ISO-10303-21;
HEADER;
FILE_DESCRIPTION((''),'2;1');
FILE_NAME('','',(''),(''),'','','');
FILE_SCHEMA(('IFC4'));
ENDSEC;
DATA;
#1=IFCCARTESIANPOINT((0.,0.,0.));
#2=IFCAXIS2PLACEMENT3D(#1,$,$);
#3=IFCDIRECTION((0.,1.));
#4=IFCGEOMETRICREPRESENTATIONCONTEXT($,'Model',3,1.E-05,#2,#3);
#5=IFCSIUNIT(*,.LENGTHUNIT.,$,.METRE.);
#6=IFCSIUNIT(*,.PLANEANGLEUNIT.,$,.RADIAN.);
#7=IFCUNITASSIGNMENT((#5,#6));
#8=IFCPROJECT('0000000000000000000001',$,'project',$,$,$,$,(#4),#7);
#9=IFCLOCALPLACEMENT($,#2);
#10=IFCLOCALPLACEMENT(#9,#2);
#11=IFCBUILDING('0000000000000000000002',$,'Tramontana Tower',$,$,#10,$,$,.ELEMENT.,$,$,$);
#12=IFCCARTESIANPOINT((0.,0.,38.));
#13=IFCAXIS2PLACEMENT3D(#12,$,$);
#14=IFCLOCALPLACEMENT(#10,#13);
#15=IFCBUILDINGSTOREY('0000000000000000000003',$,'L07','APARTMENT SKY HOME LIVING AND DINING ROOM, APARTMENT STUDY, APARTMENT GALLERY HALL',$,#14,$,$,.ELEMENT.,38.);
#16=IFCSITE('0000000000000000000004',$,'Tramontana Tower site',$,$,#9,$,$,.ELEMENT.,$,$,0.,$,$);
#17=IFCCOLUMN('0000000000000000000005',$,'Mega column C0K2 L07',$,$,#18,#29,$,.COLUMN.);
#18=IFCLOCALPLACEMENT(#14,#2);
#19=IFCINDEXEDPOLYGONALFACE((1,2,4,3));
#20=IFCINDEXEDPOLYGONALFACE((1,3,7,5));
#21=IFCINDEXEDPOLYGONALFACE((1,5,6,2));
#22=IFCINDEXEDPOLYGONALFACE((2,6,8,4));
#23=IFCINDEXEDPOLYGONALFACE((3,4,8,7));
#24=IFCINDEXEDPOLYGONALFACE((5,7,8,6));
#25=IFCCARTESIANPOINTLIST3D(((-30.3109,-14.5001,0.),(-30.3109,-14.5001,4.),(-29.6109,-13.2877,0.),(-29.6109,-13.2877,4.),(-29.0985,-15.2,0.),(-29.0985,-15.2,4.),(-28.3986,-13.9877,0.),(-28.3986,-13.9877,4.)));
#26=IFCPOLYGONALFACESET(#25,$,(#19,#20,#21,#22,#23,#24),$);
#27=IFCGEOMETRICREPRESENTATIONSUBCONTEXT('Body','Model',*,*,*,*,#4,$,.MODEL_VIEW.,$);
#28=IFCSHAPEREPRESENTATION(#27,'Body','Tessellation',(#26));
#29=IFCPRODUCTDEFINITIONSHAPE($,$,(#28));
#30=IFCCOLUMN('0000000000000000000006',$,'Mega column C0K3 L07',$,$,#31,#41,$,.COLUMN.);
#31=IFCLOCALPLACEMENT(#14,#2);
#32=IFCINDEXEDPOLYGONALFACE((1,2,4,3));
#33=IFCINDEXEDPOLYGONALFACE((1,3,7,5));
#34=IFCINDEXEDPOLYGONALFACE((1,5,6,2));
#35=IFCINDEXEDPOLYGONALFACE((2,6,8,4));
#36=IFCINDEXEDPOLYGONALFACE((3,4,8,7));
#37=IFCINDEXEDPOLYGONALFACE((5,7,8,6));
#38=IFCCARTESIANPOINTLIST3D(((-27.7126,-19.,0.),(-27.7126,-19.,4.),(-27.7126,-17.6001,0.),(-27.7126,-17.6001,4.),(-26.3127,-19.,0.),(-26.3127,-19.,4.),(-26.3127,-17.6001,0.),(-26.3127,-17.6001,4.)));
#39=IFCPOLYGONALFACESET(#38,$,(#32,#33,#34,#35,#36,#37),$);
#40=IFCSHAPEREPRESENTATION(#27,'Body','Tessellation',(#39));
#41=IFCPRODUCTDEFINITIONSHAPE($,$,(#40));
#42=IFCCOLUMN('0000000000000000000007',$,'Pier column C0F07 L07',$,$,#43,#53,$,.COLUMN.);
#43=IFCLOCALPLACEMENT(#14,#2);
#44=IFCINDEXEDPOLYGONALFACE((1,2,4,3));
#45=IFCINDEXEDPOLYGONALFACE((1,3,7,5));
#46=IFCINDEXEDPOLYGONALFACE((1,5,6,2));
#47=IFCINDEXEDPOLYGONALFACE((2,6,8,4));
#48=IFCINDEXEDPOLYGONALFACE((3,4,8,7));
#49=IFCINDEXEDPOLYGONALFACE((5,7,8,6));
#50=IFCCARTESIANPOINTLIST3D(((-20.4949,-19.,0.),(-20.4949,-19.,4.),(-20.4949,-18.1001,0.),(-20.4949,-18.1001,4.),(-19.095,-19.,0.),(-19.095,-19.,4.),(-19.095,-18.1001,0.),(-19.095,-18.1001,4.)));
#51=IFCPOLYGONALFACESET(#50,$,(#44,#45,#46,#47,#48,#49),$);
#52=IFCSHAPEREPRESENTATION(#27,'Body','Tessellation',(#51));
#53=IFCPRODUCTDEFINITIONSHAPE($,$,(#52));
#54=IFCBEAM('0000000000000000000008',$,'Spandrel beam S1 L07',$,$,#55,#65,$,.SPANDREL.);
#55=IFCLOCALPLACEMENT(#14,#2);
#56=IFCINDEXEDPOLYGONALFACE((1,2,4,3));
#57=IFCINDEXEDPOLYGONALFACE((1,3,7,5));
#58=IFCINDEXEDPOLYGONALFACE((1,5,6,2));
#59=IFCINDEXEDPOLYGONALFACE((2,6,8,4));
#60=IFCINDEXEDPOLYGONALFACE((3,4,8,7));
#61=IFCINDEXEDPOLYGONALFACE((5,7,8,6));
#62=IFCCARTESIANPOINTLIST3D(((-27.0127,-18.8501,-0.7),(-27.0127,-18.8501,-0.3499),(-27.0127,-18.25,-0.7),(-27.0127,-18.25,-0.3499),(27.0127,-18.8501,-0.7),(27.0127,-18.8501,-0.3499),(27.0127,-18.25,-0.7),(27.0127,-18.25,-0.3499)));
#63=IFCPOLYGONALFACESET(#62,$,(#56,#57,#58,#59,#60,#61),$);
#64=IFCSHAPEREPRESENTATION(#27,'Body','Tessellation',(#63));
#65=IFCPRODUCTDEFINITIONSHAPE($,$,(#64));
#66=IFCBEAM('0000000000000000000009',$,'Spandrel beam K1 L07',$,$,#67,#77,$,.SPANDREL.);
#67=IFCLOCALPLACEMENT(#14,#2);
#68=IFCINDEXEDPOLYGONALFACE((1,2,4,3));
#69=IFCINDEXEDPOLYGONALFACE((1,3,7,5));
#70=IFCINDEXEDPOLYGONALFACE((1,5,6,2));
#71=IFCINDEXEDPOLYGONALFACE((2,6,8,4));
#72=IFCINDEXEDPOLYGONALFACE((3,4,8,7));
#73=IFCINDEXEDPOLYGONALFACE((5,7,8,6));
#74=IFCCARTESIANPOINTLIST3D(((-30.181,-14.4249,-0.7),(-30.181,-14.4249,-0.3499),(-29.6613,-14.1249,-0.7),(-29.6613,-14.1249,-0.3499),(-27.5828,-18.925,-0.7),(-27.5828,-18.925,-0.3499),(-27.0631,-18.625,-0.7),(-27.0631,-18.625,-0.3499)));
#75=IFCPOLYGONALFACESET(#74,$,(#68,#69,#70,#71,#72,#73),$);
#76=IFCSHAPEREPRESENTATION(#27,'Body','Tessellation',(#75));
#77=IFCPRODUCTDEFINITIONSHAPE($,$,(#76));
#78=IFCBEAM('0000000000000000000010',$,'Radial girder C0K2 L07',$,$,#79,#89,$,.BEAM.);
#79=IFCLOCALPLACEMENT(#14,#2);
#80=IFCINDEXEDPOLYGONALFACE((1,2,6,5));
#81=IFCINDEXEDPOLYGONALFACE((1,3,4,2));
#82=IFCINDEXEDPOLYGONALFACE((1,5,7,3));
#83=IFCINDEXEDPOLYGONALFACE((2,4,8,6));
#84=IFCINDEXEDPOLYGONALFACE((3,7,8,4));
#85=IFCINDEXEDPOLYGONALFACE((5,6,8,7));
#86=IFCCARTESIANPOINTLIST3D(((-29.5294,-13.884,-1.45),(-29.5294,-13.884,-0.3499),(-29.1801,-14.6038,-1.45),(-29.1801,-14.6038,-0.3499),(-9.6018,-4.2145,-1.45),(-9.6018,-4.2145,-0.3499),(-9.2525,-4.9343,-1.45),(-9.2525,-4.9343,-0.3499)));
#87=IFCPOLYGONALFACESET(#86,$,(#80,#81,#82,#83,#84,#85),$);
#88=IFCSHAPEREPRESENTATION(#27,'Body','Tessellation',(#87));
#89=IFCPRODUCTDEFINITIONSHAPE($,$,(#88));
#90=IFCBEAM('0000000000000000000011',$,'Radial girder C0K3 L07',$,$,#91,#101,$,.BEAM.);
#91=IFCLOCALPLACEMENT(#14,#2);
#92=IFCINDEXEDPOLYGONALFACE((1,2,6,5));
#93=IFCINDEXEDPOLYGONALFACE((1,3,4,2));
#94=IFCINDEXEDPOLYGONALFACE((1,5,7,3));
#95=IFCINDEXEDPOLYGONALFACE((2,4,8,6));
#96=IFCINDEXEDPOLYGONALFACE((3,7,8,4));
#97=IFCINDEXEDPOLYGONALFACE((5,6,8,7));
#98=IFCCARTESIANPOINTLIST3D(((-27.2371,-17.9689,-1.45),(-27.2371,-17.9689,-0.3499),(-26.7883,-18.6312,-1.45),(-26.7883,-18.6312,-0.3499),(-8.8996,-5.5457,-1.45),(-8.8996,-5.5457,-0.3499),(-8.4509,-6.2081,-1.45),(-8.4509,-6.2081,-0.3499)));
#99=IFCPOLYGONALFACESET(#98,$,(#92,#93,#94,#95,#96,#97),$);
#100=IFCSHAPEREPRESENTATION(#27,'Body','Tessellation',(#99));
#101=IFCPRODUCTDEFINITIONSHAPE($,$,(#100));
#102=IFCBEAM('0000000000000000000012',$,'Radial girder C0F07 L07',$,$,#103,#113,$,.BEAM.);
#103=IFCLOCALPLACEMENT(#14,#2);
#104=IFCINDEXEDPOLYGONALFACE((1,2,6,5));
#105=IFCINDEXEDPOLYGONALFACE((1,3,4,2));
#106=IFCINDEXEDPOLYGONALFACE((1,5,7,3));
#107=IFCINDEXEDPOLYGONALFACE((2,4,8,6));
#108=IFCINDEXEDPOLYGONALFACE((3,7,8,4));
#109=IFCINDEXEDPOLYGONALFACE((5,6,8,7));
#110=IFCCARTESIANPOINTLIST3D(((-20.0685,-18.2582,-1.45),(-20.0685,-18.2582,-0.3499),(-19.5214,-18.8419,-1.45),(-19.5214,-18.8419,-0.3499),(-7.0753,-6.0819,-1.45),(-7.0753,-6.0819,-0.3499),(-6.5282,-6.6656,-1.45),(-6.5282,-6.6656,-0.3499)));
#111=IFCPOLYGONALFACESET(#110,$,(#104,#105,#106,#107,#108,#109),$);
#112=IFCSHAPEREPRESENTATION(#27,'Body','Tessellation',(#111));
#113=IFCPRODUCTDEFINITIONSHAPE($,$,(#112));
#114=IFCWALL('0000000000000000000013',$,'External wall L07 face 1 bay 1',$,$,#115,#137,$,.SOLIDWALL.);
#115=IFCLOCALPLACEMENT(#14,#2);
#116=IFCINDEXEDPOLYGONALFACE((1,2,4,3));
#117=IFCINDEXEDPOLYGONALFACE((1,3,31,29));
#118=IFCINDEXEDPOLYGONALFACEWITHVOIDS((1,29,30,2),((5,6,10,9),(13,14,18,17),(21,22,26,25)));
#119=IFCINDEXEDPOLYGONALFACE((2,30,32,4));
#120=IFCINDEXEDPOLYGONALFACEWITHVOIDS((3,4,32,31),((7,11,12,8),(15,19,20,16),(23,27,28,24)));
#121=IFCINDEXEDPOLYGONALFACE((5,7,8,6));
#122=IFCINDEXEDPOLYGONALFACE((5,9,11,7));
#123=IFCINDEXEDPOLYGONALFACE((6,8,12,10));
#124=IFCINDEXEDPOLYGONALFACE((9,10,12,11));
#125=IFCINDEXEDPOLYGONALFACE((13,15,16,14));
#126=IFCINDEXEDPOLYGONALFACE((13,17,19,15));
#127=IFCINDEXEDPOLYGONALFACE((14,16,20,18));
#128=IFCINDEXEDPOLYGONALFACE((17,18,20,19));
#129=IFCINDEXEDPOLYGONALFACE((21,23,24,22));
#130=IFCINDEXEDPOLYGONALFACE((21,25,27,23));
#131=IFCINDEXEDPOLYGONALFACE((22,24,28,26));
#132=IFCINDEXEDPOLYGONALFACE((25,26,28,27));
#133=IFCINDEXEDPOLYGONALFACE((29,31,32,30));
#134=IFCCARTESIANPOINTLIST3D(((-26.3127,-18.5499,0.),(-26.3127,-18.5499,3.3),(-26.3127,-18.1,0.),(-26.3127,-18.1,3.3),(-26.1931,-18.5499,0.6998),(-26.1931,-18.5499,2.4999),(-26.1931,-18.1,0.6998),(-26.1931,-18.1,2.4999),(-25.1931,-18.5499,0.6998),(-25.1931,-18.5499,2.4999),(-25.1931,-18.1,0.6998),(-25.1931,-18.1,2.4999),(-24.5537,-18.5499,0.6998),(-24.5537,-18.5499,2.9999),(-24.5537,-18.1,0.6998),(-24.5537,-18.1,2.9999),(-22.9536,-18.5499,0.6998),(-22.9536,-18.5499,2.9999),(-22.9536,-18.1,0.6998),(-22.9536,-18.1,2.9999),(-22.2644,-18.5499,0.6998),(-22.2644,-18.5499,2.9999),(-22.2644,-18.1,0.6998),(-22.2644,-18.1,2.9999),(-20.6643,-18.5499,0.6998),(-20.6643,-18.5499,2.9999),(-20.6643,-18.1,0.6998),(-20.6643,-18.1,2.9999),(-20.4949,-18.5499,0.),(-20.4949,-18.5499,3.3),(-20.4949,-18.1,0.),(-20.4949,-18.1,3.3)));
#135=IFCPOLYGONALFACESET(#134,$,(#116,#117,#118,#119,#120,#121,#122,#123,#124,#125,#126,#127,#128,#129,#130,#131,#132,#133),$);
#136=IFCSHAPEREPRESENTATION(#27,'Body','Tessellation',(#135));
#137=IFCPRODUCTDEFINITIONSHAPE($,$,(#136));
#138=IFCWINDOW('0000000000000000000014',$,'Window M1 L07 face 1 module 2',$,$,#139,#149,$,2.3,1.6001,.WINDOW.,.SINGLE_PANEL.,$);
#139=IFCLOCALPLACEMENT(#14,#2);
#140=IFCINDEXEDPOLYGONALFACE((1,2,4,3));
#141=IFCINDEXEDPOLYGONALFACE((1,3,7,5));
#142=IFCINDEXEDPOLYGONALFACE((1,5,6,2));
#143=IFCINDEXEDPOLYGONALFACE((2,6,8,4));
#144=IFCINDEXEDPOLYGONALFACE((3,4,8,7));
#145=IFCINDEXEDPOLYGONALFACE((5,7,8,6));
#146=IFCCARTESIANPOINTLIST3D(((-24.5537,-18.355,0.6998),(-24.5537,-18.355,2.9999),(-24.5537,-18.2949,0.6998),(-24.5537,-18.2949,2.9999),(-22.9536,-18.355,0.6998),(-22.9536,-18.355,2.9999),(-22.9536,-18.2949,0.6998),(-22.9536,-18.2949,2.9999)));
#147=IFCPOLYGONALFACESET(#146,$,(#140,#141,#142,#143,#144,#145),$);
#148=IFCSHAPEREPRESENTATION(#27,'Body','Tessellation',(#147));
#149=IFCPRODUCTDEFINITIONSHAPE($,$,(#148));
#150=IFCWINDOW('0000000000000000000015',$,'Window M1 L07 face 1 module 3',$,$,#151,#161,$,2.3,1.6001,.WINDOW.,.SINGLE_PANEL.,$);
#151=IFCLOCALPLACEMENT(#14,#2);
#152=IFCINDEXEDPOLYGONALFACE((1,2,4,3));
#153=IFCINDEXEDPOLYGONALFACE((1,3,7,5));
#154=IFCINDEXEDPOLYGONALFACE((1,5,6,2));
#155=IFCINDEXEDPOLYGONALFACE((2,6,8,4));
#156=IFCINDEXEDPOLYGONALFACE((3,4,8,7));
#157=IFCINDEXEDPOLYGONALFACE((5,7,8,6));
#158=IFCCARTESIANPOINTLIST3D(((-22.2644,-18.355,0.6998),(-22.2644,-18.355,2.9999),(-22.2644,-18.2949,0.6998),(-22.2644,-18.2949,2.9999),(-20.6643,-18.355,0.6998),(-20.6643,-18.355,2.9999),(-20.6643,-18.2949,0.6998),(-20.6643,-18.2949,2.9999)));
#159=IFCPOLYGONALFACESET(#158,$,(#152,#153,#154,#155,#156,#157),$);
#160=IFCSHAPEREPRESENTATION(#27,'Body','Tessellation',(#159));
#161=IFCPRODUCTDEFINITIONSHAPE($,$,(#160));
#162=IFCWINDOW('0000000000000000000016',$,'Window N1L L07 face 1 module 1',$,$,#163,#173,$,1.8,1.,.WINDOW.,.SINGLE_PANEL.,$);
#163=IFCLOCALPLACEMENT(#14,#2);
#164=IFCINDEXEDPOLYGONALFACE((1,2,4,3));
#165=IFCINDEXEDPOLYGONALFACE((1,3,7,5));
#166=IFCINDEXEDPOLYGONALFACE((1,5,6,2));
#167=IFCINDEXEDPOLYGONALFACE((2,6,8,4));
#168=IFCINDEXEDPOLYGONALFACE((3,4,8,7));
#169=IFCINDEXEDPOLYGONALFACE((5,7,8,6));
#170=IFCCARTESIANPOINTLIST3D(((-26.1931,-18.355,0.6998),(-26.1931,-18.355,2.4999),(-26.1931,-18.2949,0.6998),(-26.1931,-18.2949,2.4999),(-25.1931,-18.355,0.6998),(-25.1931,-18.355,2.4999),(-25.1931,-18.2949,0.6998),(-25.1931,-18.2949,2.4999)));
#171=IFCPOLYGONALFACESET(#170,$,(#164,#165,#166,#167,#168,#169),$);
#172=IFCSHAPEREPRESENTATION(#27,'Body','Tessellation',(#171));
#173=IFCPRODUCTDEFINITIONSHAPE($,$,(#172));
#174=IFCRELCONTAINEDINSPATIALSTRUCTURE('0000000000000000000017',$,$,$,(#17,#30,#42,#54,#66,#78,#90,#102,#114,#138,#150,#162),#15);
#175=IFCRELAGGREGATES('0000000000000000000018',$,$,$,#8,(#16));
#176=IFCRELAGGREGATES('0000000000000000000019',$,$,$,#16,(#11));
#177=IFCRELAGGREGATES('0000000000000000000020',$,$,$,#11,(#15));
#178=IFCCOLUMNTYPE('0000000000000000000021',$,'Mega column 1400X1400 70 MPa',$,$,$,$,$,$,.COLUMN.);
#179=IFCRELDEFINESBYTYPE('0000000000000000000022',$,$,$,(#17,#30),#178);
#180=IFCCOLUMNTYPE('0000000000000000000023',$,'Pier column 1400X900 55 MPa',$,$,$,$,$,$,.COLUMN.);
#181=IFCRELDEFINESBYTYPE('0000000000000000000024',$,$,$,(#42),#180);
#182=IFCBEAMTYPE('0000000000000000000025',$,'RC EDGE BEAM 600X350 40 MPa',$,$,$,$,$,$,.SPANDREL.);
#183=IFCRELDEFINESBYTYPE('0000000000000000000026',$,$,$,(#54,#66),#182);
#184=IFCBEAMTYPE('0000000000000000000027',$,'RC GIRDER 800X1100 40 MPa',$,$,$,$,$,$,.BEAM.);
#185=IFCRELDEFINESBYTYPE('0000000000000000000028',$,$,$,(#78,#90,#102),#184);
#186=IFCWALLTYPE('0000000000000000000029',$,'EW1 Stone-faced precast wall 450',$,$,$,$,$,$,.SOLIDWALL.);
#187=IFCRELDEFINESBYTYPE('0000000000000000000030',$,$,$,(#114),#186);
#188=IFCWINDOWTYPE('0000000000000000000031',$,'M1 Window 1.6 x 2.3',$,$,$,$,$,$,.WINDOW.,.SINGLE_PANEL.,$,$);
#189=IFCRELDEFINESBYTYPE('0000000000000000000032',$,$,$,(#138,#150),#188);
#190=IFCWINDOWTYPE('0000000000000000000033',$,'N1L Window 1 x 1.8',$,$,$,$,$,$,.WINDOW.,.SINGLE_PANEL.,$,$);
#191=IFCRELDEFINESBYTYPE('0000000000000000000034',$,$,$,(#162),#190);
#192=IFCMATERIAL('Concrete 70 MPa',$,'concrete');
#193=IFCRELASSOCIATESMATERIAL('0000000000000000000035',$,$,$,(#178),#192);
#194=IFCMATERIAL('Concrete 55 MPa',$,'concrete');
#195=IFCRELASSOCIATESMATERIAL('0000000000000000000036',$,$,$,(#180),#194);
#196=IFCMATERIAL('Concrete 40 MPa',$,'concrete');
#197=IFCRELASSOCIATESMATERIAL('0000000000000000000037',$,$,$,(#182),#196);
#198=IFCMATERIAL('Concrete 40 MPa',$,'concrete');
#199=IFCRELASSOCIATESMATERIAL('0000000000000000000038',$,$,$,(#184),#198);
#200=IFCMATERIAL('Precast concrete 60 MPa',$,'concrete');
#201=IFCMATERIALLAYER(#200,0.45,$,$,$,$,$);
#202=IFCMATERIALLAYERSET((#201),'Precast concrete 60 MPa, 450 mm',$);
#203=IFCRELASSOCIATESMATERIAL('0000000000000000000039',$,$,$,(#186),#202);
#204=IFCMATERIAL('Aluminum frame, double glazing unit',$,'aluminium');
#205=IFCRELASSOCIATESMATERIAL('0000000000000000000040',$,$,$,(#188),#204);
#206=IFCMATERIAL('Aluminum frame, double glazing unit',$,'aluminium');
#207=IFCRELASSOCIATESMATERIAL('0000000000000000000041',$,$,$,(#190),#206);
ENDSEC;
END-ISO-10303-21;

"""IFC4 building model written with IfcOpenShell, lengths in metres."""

from ifc_helpers import new_model, si_unit, direction, frame, frame_2d, origin, origin_2d, place, context, subcontext, project, spatial, rectangle, extrude, material, layer, layer_set, material_profile, profile_set, type_object, element, fill, save


model = new_model("IFC4")

# Units and contexts
model_context = context("Model", 3, precision=1e-05, world=origin(), true_north=direction((0.0, 1.0)))
body_context = subcontext(model_context, "Body", "Model", "MODEL_VIEW")
ifc_project = project(units=[si_unit("LENGTHUNIT", "METRE"), si_unit("PLANEANGLEUNIT", "RADIAN")], contexts=[model_context])

# Site, building, storey
site_placement = place(None, origin())
site = spatial("IfcSite", under=ifc_project, at=site_placement, Name="Tramontana Tower site", CompositionType="ELEMENT", RefElevation=0.0)
building_placement = place(site_placement, origin())
building = spatial("IfcBuilding", under=site, at=building_placement, Name="Tramontana Tower", CompositionType="ELEMENT")
storey_placement = place(building_placement, frame((0.0, 0.0, 38.0)))
storey = spatial("IfcBuildingStorey", under=building, at=storey_placement, Name="L07", Description="APARTMENT SKY HOME LIVING AND DINING ROOM, APARTMENT STUDY, APARTMENT GALLERY HALL", CompositionType="ELEMENT", Elevation=38.0)

# Columns
ifc_material_1 = material(Name="Concrete 70 MPa", Category="concrete")
ifc_material_profile_1 = material_profile(ifc_material_1, rectangle(XDim=1.3999, YDim=1.3999, at=origin_2d()), Name="Mega column 1400X1400 70 MPa")
ifc_profile_set_1 = profile_set([ifc_material_profile_1], Name="Concrete 70 MPa")
column_type_1 = type_object("IfcColumnType", Name="Mega column 1400X1400 70 MPa", PredefinedType="COLUMN", material=ifc_profile_set_1)
for number, where, z_axis, x_axis, name in (
    (1, (-29.3547, -14.2439, 0.0), (0.0, 0.0, 1.0), (-0.5, -0.866025, 0.0), "Mega column C0K2 L07"),
    (2, (-27.0127, -18.3, 0.0), (0.0, 0.0, 1.0), (1.0, 0.0, 0.0), "Mega column C0K3 L07"),
):
    element("IfcColumn", number, at=place(storey_placement, frame(where, z_axis=z_axis, x_axis=x_axis)), inside=storey, type_object=column_type_1, Name=name, PredefinedType="COLUMN", context=body_context, shape_type="SweptSolid", body=[
        extrude(rectangle(XDim=1.3999, YDim=1.3999, at=origin_2d()), origin(), (0.0, 0.0, 1.0), 4.0),
    ])
ifc_material_2 = material(Name="Concrete 55 MPa", Category="concrete")
ifc_material_profile_2 = material_profile(ifc_material_2, rectangle(XDim=1.3999, YDim=0.8999, at=origin_2d()), Name="Pier column 1400X900 55 MPa")
ifc_profile_set_2 = profile_set([ifc_material_profile_2], Name="Concrete 55 MPa")
column_type_2 = type_object("IfcColumnType", Name="Pier column 1400X900 55 MPa", PredefinedType="COLUMN", material=ifc_profile_set_2)
column_placement = place(storey_placement, frame((-19.7949, -18.55, 0.0), z_axis=(0.0, 0.0, 1.0), x_axis=(1.0, 0.0, 0.0)))
element("IfcColumn", 3, at=column_placement, inside=storey, type_object=column_type_2, Name="Pier column C0F07 L07", PredefinedType="COLUMN", context=body_context, shape_type="SweptSolid", body=[
    extrude(rectangle(XDim=1.3999, YDim=0.8999, at=origin_2d()), origin(), (0.0, 0.0, 1.0), 4.0),
])

# Beams
ifc_material_3 = material(Name="Concrete 40 MPa", Category="concrete")
ifc_material_profile_3 = material_profile(ifc_material_3, rectangle(XDim=0.6001, YDim=0.3501, at=origin_2d()), Name="RC EDGE BEAM 600X350 40 MPa")
ifc_profile_set_3 = profile_set([ifc_material_profile_3], Name="Concrete 40 MPa")
beam_type_1 = type_object("IfcBeamType", Name="RC EDGE BEAM 600X350 40 MPa", PredefinedType="SPANDREL", material=ifc_profile_set_3)
beam_1_placement = place(storey_placement, frame((-27.0127, -18.55, -0.5249), z_axis=(1.0, 0.0, 0.0), x_axis=(0.0, 1.0, 0.0)))
element("IfcBeam", 4, at=beam_1_placement, inside=storey, type_object=beam_type_1, Name="Spandrel beam S1 L07", PredefinedType="SPANDREL", context=body_context, shape_type="SweptSolid", body=[
    extrude(rectangle(XDim=0.6001, YDim=0.3501, at=origin_2d()), origin(), (0.0, 0.0, 1.0), 54.0254),
])
beam_2_placement = place(storey_placement, frame((-29.9211, -14.2749, -0.5249), z_axis=(0.50001, -0.86602, 0.0), x_axis=(0.86602, 0.50001, 0.0)))
element("IfcBeam", 5, at=beam_2_placement, inside=storey, type_object=beam_type_1, Name="Spandrel beam K1 L07", PredefinedType="SPANDREL", context=body_context, shape_type="SweptSolid", body=[
    extrude(rectangle(XDim=0.6001, YDim=0.3501, at=origin_2d()), origin(), (0.0, 0.0, 1.0), 5.1963),
])
ifc_material_4 = material(Name="Concrete 40 MPa", Category="concrete")
ifc_material_profile_4 = material_profile(ifc_material_4, rectangle(XDim=0.8, YDim=1.1001, at=origin_2d()), Name="RC GIRDER 800X1100 40 MPa")
ifc_profile_set_4 = profile_set([ifc_material_profile_4], Name="Concrete 40 MPa")
beam_type_2 = type_object("IfcBeamType", Name="RC GIRDER 800X1100 40 MPa", PredefinedType="BEAM", material=ifc_profile_set_4)
beam_3_placement = place(storey_placement, frame((-29.3547, -14.2439, -0.8999), z_axis=(0.899679, 0.436552, 0.0), x_axis=(-0.436552, 0.899679, 0.0)))
element("IfcBeam", 6, at=beam_3_placement, inside=storey, type_object=beam_type_2, Name="Radial girder C0K2 L07", PredefinedType="BEAM", context=body_context, shape_type="SweptSolid", body=[
    extrude(rectangle(XDim=0.8, YDim=1.1001, at=origin_2d()), origin(), (0.0, 0.0, 1.0), 22.1497),
])
beam_4_placement = place(storey_placement, frame((-27.0127, -18.3, -0.8999), z_axis=(0.827898, 0.560879, 0.0), x_axis=(-0.560879, 0.827898, 0.0)))
element("IfcBeam", 7, at=beam_4_placement, inside=storey, type_object=beam_type_2, Name="Radial girder C0K3 L07", PredefinedType="BEAM", context=body_context, shape_type="SweptSolid", body=[
    extrude(rectangle(XDim=0.8, YDim=1.1001, at=origin_2d()), origin(), (0.0, 0.0, 1.0), 22.1494),
])
beam_5_placement = place(storey_placement, frame((-19.7949, -18.55, -0.8999), z_axis=(0.729672, 0.683797, 0.0), x_axis=(-0.683797, 0.729672, 0.0)))
element("IfcBeam", 8, at=beam_5_placement, inside=storey, type_object=beam_type_2, Name="Radial girder C0F07 L07", PredefinedType="BEAM", context=body_context, shape_type="SweptSolid", body=[
    extrude(rectangle(XDim=0.8, YDim=1.1001, at=origin_2d()), origin(), (0.0, 0.0, 1.0), 17.8069),
])

# Wall, openings, windows
ifc_material_5 = material(Name="Precast concrete 60 MPa", Category="concrete")
ifc_layer_1 = layer(ifc_material_5, 0.45)
ifc_layer_set_1 = layer_set([ifc_layer_1], Name="Precast concrete 60 MPa, 450 mm")
wall_type_1 = type_object("IfcWallType", Name="EW1 Stone-faced precast wall 450", PredefinedType="SOLIDWALL", material=ifc_layer_set_1)
wall_1_placement = place(storey_placement, frame((-26.3127, -18.325, 0.0), z_axis=(0.0, 0.0, 1.0), x_axis=(1.0, 0.0, 0.0)))
wall_1 = element("IfcWall", 9, at=wall_1_placement, inside=storey, type_object=wall_type_1, Name="External wall L07 face 1 bay 1", PredefinedType="SOLIDWALL", context=body_context, shape_type="SweptSolid", body=[
    extrude(rectangle(XDim=5.8179, YDim=0.45, at=frame_2d((2.9089, 0.0))), origin(), (0.0, 0.0, 1.0), 3.3),
])
opening_1_placement = place(wall_1_placement, frame((0.1196, 0.0, 0.7)))
opening_1 = element("IfcOpeningElement", 10, at=opening_1_placement, cuts=wall_1, PredefinedType="OPENING", context=body_context, shape_type="SweptSolid", body=[
    extrude(rectangle(XDim=1.0, YDim=1.8, at=frame_2d((0.5, 0.8999))), frame((0.0, 0.2349, 0.0), z_axis=(0.0, -1.0, 0.0), x_axis=(1.0, 0.0, 0.0)), (0.0, 0.0, 1.0), 0.47),
])
opening_2_placement = place(wall_1_placement, frame((1.759, 0.0, 0.7)))
opening_2 = element("IfcOpeningElement", 11, at=opening_2_placement, cuts=wall_1, PredefinedType="OPENING", context=body_context, shape_type="SweptSolid", body=[
    extrude(rectangle(XDim=1.6001, YDim=2.3, at=frame_2d((0.8, 1.1499))), frame((0.0, 0.2349, 0.0), z_axis=(0.0, -1.0, 0.0), x_axis=(1.0, 0.0, 0.0)), (0.0, 0.0, 1.0), 0.47),
])
opening_3_placement = place(wall_1_placement, frame((4.0483, 0.0, 0.7)))
opening_3 = element("IfcOpeningElement", 12, at=opening_3_placement, cuts=wall_1, PredefinedType="OPENING", context=body_context, shape_type="SweptSolid", body=[
    extrude(rectangle(XDim=1.6001, YDim=2.3, at=frame_2d((0.8, 1.1499))), frame((0.0, 0.2349, 0.0), z_axis=(0.0, -1.0, 0.0), x_axis=(1.0, 0.0, 0.0)), (0.0, 0.0, 1.0), 0.47),
])
ifc_material_6 = material(Name="Aluminum frame, double glazing unit", Category="aluminium")
window_type_1 = type_object("IfcWindowType", Name="M1 Window 1.6 x 2.3", PartitioningType="SINGLE_PANEL", PredefinedType="WINDOW", material=ifc_material_6)
window_1_placement = place(opening_2_placement, origin())
window_1 = element("IfcWindow", 13, at=window_1_placement, inside=storey, type_object=window_type_1, Name="Window M1 L07 face 1 module 2", OverallHeight=2.3, OverallWidth=1.6001, PartitioningType="SINGLE_PANEL", PredefinedType="WINDOW", context=body_context, shape_type="SweptSolid", body=[
    extrude(rectangle(XDim=1.6001, YDim=2.3, at=frame_2d((0.8, 1.1499))), frame((0.0, 0.03, 0.0), z_axis=(0.0, -1.0, 0.0), x_axis=(1.0, 0.0, 0.0)), (0.0, 0.0, 1.0), 0.0601),
])
fill(opening_2, window_1)
window_2_placement = place(opening_3_placement, origin())
window_2 = element("IfcWindow", 14, at=window_2_placement, inside=storey, type_object=window_type_1, Name="Window M1 L07 face 1 module 3", OverallHeight=2.3, OverallWidth=1.6001, PartitioningType="SINGLE_PANEL", PredefinedType="WINDOW", context=body_context, shape_type="SweptSolid", body=[
    extrude(rectangle(XDim=1.6001, YDim=2.3, at=frame_2d((0.8, 1.1499))), frame((0.0, 0.03, 0.0), z_axis=(0.0, -1.0, 0.0), x_axis=(1.0, 0.0, 0.0)), (0.0, 0.0, 1.0), 0.0601),
])
fill(opening_3, window_2)
ifc_material_7 = material(Name="Aluminum frame, double glazing unit", Category="aluminium")
window_type_2 = type_object("IfcWindowType", Name="N1L Window 1 x 1.8", PartitioningType="SINGLE_PANEL", PredefinedType="WINDOW", material=ifc_material_7)
window_3_placement = place(opening_1_placement, origin())
window_3 = element("IfcWindow", 15, at=window_3_placement, inside=storey, type_object=window_type_2, Name="Window N1L L07 face 1 module 1", OverallHeight=1.8, OverallWidth=1.0, PartitioningType="SINGLE_PANEL", PredefinedType="WINDOW", context=body_context, shape_type="SweptSolid", body=[
    extrude(rectangle(XDim=1.0, YDim=1.8, at=frame_2d((0.5, 0.8999))), frame((0.0, 0.03, 0.0), z_axis=(0.0, -1.0, 0.0), x_axis=(1.0, 0.0, 0.0)), (0.0, 0.0, 1.0), 0.0601),
])
fill(opening_1, window_3)

save(model, "model.ifc")
